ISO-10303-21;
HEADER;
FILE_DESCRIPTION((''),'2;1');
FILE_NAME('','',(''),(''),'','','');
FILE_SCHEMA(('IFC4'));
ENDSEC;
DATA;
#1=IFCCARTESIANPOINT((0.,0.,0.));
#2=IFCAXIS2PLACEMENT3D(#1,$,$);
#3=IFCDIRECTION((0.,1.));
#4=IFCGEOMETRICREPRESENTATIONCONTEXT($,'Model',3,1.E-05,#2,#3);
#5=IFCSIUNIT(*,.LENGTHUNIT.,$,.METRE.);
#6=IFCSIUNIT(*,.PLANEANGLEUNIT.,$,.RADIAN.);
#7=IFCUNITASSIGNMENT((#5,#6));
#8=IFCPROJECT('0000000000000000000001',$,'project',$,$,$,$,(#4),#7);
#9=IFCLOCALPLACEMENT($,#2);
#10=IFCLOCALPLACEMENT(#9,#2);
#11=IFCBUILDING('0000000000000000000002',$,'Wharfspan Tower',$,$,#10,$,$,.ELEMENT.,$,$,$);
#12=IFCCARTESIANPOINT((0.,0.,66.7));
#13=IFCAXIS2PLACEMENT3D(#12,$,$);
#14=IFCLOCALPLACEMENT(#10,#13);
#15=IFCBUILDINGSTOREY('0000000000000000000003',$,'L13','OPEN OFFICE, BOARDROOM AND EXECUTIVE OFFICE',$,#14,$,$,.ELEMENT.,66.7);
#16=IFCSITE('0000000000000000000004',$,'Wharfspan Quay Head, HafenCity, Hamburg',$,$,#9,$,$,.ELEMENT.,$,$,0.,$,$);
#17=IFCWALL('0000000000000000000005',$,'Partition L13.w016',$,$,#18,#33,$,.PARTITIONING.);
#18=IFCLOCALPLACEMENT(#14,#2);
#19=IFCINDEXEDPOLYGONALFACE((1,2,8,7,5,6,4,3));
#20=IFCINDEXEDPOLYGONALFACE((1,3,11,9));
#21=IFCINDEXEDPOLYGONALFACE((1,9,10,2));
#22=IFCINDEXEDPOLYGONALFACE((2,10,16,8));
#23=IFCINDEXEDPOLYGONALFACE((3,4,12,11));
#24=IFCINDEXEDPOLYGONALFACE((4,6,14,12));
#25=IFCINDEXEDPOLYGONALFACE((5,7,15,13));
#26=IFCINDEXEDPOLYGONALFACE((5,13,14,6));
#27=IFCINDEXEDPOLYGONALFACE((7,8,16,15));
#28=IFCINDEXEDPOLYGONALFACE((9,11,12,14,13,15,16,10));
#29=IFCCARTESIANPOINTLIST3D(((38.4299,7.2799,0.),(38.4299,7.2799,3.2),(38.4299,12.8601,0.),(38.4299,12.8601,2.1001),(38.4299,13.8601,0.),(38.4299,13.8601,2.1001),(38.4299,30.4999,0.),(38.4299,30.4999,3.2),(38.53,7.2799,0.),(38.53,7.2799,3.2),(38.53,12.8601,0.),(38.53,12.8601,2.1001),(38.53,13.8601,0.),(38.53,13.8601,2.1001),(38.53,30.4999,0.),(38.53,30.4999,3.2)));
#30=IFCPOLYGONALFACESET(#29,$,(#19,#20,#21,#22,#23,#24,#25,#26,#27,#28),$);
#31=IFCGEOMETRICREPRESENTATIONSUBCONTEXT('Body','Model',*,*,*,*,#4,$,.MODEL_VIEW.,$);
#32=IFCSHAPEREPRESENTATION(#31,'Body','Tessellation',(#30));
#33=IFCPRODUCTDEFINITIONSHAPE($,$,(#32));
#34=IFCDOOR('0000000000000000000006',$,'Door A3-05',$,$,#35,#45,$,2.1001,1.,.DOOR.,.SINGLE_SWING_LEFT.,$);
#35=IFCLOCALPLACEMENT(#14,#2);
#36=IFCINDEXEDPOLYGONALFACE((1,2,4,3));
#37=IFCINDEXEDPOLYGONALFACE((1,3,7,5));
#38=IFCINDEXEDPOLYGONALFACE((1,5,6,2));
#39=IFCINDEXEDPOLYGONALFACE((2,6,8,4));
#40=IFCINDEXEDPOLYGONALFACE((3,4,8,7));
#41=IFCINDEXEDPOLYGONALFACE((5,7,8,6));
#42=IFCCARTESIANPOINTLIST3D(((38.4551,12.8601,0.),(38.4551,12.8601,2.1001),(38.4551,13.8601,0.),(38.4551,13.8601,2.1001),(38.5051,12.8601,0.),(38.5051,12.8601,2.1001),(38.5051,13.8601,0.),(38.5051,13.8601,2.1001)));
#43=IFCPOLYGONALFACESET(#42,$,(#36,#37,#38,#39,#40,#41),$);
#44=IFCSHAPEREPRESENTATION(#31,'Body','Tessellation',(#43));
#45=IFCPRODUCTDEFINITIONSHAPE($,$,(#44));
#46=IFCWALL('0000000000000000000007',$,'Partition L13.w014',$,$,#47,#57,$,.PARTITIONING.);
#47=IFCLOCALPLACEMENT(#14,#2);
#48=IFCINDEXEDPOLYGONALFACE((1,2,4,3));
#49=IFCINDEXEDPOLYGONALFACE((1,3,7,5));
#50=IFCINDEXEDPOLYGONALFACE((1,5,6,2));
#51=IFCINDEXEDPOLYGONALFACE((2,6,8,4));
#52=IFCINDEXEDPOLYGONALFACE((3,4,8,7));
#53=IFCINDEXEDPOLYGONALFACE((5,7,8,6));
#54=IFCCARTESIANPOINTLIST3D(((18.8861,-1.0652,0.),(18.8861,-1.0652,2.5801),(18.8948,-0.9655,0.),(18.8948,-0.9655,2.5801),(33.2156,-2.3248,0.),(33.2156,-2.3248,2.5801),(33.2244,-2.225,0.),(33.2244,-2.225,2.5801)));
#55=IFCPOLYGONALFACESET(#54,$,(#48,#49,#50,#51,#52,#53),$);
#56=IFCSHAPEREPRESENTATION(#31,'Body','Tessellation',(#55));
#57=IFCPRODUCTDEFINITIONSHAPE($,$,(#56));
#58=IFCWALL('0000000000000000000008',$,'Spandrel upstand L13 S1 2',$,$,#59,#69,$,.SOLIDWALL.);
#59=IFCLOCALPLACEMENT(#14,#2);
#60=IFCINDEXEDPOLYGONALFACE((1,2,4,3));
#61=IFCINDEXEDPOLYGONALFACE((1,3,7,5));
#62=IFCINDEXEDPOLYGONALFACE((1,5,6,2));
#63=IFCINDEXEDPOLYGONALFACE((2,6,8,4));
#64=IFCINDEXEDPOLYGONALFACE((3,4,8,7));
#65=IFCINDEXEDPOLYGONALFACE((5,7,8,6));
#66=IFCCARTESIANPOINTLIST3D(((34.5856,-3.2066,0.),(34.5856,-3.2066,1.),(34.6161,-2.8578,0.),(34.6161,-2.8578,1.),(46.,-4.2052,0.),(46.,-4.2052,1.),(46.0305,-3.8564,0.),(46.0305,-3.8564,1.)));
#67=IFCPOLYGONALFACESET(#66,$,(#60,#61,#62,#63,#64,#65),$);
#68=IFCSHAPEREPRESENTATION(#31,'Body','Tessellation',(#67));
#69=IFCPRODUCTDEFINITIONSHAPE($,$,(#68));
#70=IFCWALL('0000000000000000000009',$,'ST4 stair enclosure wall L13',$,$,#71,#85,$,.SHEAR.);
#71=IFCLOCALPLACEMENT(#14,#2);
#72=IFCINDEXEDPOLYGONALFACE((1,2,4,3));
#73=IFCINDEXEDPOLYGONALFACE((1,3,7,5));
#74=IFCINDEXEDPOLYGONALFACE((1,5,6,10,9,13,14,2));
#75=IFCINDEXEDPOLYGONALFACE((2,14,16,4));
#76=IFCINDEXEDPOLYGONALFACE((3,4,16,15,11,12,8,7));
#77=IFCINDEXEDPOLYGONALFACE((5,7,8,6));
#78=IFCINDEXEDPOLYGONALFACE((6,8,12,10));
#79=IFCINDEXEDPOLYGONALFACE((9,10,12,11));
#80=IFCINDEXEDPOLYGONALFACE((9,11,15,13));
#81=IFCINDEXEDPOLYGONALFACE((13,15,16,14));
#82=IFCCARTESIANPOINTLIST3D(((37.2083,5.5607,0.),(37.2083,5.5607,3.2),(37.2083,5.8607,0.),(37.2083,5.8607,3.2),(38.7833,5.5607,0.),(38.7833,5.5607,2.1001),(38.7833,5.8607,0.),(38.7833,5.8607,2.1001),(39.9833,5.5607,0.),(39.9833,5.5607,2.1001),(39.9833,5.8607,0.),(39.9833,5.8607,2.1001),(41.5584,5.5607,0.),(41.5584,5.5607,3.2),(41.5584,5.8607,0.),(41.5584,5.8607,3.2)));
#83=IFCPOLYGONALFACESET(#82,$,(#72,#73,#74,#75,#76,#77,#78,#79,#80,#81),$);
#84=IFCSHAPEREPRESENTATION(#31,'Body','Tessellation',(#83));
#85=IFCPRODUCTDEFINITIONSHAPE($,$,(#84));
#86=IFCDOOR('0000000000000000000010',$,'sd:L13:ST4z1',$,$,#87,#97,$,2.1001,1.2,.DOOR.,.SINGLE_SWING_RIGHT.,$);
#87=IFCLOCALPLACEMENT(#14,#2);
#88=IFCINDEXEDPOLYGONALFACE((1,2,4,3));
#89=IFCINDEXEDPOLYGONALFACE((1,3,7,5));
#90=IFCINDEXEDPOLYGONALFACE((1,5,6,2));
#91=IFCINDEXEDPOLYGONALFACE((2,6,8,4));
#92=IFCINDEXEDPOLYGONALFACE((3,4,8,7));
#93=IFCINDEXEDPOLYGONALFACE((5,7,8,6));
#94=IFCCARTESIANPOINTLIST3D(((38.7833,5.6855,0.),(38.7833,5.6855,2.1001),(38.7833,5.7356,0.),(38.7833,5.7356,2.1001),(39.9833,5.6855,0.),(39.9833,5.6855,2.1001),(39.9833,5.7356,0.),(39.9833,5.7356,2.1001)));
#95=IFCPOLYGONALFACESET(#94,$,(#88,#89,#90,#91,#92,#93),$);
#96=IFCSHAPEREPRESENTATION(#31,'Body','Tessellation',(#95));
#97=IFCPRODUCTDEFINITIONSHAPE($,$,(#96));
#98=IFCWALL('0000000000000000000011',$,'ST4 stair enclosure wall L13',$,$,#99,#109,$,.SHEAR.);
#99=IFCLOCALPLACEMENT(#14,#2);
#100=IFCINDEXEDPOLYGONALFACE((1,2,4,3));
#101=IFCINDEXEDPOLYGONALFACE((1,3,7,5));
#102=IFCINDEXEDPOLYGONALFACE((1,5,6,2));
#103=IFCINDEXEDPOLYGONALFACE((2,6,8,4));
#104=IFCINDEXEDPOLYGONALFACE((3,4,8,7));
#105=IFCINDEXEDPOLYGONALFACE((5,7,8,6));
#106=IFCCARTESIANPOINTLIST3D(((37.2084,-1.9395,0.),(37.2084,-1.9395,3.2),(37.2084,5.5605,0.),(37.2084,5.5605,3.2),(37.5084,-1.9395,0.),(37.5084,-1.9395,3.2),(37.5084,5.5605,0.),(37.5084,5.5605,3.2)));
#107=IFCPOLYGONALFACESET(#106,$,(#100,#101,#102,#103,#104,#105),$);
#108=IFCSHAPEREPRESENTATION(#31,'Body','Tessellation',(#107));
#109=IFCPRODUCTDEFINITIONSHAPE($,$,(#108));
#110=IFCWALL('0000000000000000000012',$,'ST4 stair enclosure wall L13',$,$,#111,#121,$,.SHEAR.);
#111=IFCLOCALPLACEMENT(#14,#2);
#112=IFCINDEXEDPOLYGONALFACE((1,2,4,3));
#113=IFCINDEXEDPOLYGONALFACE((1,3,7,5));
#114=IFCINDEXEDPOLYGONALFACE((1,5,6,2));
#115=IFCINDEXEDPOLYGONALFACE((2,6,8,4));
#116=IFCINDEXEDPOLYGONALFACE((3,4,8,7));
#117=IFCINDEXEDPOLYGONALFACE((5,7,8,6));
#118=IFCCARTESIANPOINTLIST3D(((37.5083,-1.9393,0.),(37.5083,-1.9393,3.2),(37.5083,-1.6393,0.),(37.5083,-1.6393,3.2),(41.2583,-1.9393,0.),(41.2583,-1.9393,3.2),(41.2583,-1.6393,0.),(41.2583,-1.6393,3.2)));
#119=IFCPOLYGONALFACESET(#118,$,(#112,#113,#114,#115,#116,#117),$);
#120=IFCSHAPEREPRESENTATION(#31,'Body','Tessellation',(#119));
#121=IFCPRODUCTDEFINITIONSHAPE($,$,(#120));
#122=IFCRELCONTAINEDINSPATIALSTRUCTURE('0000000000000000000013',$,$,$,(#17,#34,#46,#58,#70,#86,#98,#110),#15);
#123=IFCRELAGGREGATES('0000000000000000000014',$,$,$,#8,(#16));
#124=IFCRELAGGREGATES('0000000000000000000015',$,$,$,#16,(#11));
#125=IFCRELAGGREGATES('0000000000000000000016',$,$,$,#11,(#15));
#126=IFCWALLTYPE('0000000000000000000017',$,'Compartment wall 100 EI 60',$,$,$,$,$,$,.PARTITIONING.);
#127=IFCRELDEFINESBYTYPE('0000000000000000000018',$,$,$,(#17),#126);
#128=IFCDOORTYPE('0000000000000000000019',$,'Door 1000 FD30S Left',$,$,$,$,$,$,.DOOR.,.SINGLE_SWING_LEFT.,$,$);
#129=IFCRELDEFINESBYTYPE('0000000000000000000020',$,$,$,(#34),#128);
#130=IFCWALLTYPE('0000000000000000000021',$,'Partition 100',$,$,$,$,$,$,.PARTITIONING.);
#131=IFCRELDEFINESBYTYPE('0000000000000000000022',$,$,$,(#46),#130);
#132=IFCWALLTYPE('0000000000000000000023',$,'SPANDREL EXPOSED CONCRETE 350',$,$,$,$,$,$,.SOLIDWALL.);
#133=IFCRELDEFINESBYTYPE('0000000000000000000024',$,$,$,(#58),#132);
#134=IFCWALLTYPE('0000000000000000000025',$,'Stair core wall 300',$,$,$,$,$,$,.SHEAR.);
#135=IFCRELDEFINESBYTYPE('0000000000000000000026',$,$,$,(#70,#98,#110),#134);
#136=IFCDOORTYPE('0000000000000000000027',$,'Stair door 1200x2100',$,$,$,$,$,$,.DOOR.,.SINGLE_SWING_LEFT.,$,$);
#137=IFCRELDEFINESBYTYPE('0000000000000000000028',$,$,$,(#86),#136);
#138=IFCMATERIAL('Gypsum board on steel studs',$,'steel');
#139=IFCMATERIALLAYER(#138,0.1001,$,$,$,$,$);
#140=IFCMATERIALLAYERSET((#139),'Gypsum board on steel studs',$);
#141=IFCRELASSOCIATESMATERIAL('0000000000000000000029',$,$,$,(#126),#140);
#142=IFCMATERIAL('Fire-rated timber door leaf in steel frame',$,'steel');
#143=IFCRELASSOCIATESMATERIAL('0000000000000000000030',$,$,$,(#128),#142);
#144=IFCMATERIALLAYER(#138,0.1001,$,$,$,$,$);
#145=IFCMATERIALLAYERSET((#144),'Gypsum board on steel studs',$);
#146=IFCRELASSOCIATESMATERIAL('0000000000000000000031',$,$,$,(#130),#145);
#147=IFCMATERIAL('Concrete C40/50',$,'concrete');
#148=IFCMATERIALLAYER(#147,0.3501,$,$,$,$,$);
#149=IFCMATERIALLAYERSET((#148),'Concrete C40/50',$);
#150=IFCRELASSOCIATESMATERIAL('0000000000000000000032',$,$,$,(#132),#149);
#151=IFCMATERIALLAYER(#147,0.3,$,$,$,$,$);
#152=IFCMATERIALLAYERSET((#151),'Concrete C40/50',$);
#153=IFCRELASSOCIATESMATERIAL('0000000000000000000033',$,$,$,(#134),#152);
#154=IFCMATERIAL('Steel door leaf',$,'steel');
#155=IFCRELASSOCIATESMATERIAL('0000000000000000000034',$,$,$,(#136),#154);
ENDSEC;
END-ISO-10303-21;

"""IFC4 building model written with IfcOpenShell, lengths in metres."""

from ifc_helpers import new_model, si_unit, direction, frame, frame_2d, origin, place, context, subcontext, project, spatial, rectangle, extrude, material, layer, layer_set, type_object, element, fill, save


model = new_model("IFC4")

# Units and contexts
model_context = context("Model", 3, precision=1e-05, world=origin(), true_north=direction((0.0, 1.0)))
body_context = subcontext(model_context, "Body", "Model", "MODEL_VIEW")
ifc_project = project(units=[si_unit("LENGTHUNIT", "METRE"), si_unit("PLANEANGLEUNIT", "RADIAN")], contexts=[model_context])

# Site, building, storey
site_placement = place(None, origin())
site = spatial("IfcSite", under=ifc_project, at=site_placement, Name="Wharfspan Quay Head, HafenCity, Hamburg", CompositionType="ELEMENT", RefElevation=0.0)
building_placement = place(site_placement, origin())
building = spatial("IfcBuilding", under=site, at=building_placement, Name="Wharfspan Tower", CompositionType="ELEMENT")
storey_placement = place(building_placement, frame((0.0, 0.0, 66.7)))
storey = spatial("IfcBuildingStorey", under=building, at=storey_placement, Name="L13", Description="OPEN OFFICE, BOARDROOM AND EXECUTIVE OFFICE", CompositionType="ELEMENT", Elevation=66.7)

# Shared definitions
ifc_material_1 = material(Name="Gypsum board on steel studs", Category="steel")
ifc_layer_1 = layer(ifc_material_1, 0.1001)
ifc_layer_set_1 = layer_set([ifc_layer_1], Name="Gypsum board on steel studs")
wall_type_1 = type_object("IfcWallType", Name="Compartment wall 100 EI 60", PredefinedType="PARTITIONING", material=ifc_layer_set_1)

# Wall, opening, door
wall_1_placement = place(storey_placement, frame((38.48, 7.28, 0.0), z_axis=(0.0, 0.0, 1.0), x_axis=(0.0, 1.0, 0.0)))
wall_1 = element("IfcWall", 1, at=wall_1_placement, inside=storey, type_object=wall_type_1, Name="Partition L13.w016", PredefinedType="PARTITIONING", context=body_context, shape_type="SweptSolid", body=[
    extrude(rectangle(XDim=23.22, YDim=0.1001, at=frame_2d((11.6099, 0.0))), origin(), (0.0, 0.0, 1.0), 3.2),
])
opening_1_placement = place(wall_1_placement, frame((5.5801, 0.0, 0.0)))
opening_1 = element("IfcOpeningElement", 2, at=opening_1_placement, cuts=wall_1, PredefinedType="OPENING", context=body_context, shape_type="SweptSolid", body=[
    extrude(rectangle(XDim=1.0, YDim=2.1001, at=frame_2d((0.5, 1.05))), frame((0.0, 0.0601, 0.0), z_axis=(0.0, -1.0, 0.0), x_axis=(1.0, 0.0, 0.0)), (0.0, 0.0, 1.0), 0.1201),
])
ifc_material_2 = material(Name="Fire-rated timber door leaf in steel frame", Category="steel")
door_type_1 = type_object("IfcDoorType", Name="Door 1000 FD30S Left", OperationType="SINGLE_SWING_LEFT", PredefinedType="DOOR", material=ifc_material_2)
door_1_placement = place(opening_1_placement, origin())
door_1 = element("IfcDoor", 3, at=door_1_placement, inside=storey, type_object=door_type_1, Name="Door A3-05", OperationType="SINGLE_SWING_LEFT", OverallHeight=2.1001, OverallWidth=1.0, PredefinedType="DOOR", context=body_context, shape_type="SweptSolid", body=[
    extrude(rectangle(XDim=1.0, YDim=2.1001, at=frame_2d((0.5, 1.05))), frame((0.0, 0.0249, 0.0), z_axis=(0.0, -1.0, 0.0), x_axis=(1.0, 0.0, 0.0)), (0.0, 0.0, 1.0), 0.05),
])
fill(opening_1, door_1)

# Walls
ifc_layer_2 = layer(ifc_material_1, 0.1001)
ifc_layer_set_2 = layer_set([ifc_layer_2], Name="Gypsum board on steel studs")
wall_type_2 = type_object("IfcWallType", Name="Partition 100", PredefinedType="PARTITIONING", material=ifc_layer_set_2)
wall_2_placement = place(storey_placement, frame((33.22, -2.2749, 0.0), z_axis=(0.0, 0.0, 1.0), x_axis=(-0.99616, 0.087559, 0.0)))
element("IfcWall", 4, at=wall_2_placement, inside=storey, type_object=wall_type_2, Name="Partition L13.w014", PredefinedType="PARTITIONING", context=body_context, shape_type="SweptSolid", body=[
    extrude(rectangle(XDim=14.3848, YDim=0.1001, at=frame_2d((7.1924, 0.0))), origin(), (0.0, 0.0, 1.0), 2.5801),
])
ifc_material_3 = material(Name="Concrete C40/50", Category="concrete")
ifc_layer_3 = layer(ifc_material_3, 0.3501)
ifc_layer_set_3 = layer_set([ifc_layer_3], Name="Concrete C40/50")
wall_type_3 = type_object("IfcWallType", Name="SPANDREL EXPOSED CONCRETE 350", PredefinedType="SOLIDWALL", material=ifc_layer_set_3)
wall_3_placement = place(storey_placement, frame((34.6008, -3.0322, 0.0), z_axis=(0.0, 0.0, 1.0), x_axis=(0.996193, -0.087148, 0.0)))
element("IfcWall", 5, at=wall_3_placement, inside=storey, type_object=wall_type_3, Name="Spandrel upstand L13 S1 2", PredefinedType="SOLIDWALL", context=body_context, shape_type="SweptSolid", body=[
    extrude(rectangle(XDim=11.458, YDim=0.3501, at=frame_2d((5.729, 0.0))), origin(), (0.0, 0.0, 1.0), 1.0),
])

# Wall, opening, door
ifc_layer_4 = layer(ifc_material_3, 0.3)
ifc_layer_set_4 = layer_set([ifc_layer_4], Name="Concrete C40/50")
wall_type_4 = type_object("IfcWallType", Name="Stair core wall 300", PredefinedType="SHEAR", material=ifc_layer_set_4)
wall_4_placement = place(storey_placement, frame((37.2083, 5.7107, 0.0), z_axis=(0.0, 0.0, 1.0), x_axis=(1.0, 0.0, 0.0)))
wall_4 = element("IfcWall", 6, at=wall_4_placement, inside=storey, type_object=wall_type_4, Name="ST4 stair enclosure wall L13", PredefinedType="SHEAR", context=body_context, shape_type="SweptSolid", body=[
    extrude(rectangle(XDim=4.3501, YDim=0.3, at=frame_2d((2.175, 0.0))), origin(), (0.0, 0.0, 1.0), 3.2),
])
opening_2_placement = place(wall_4_placement, frame((1.575, 0.0, 0.0)))
opening_2 = element("IfcOpeningElement", 7, at=opening_2_placement, cuts=wall_4, PredefinedType="OPENING", context=body_context, shape_type="SweptSolid", body=[
    extrude(rectangle(XDim=1.2, YDim=2.1001, at=frame_2d((0.6001, 1.05))), frame((0.0, 0.1599, 0.0), z_axis=(0.0, -1.0, 0.0), x_axis=(1.0, 0.0, 0.0)), (0.0, 0.0, 1.0), 0.3201),
])
ifc_material_4 = material(Name="Steel door leaf", Category="steel")
door_type_2 = type_object("IfcDoorType", Name="Stair door 1200x2100", OperationType="SINGLE_SWING_LEFT", PredefinedType="DOOR", material=ifc_material_4)
door_2_placement = place(opening_2_placement, origin())
door_2 = element("IfcDoor", 8, at=door_2_placement, inside=storey, type_object=door_type_2, Name="sd:L13:ST4z1", OperationType="SINGLE_SWING_RIGHT", OverallHeight=2.1001, OverallWidth=1.2, PredefinedType="DOOR", context=body_context, shape_type="SweptSolid", body=[
    extrude(rectangle(XDim=1.2, YDim=2.1001, at=frame_2d((0.6001, 1.05))), frame((0.0, 0.0249, 0.0), z_axis=(0.0, -1.0, 0.0), x_axis=(1.0, 0.0, 0.0)), (0.0, 0.0, 1.0), 0.05),
])
fill(opening_2, door_2)

# Walls
wall_5_placement = place(storey_placement, frame((37.3584, -1.9395, 0.0), z_axis=(0.0, 0.0, 1.0), x_axis=(0.0, 1.0, 0.0)))
element("IfcWall", 9, at=wall_5_placement, inside=storey, type_object=wall_type_4, Name="ST4 stair enclosure wall L13", PredefinedType="SHEAR", context=body_context, shape_type="SweptSolid", body=[
    extrude(rectangle(XDim=7.5, YDim=0.3, at=frame_2d((3.75, 0.0))), origin(), (0.0, 0.0, 1.0), 3.2),
])
wall_6_placement = place(storey_placement, frame((37.5083, -1.7893, 0.0), z_axis=(0.0, 0.0, 1.0), x_axis=(1.0, 0.0, 0.0)))
element("IfcWall", 10, at=wall_6_placement, inside=storey, type_object=wall_type_4, Name="ST4 stair enclosure wall L13", PredefinedType="SHEAR", context=body_context, shape_type="SweptSolid", body=[
    extrude(rectangle(XDim=3.75, YDim=0.3, at=frame_2d((1.875, 0.0))), origin(), (0.0, 0.0, 1.0), 3.2),
])

save(model, "model.ifc")
